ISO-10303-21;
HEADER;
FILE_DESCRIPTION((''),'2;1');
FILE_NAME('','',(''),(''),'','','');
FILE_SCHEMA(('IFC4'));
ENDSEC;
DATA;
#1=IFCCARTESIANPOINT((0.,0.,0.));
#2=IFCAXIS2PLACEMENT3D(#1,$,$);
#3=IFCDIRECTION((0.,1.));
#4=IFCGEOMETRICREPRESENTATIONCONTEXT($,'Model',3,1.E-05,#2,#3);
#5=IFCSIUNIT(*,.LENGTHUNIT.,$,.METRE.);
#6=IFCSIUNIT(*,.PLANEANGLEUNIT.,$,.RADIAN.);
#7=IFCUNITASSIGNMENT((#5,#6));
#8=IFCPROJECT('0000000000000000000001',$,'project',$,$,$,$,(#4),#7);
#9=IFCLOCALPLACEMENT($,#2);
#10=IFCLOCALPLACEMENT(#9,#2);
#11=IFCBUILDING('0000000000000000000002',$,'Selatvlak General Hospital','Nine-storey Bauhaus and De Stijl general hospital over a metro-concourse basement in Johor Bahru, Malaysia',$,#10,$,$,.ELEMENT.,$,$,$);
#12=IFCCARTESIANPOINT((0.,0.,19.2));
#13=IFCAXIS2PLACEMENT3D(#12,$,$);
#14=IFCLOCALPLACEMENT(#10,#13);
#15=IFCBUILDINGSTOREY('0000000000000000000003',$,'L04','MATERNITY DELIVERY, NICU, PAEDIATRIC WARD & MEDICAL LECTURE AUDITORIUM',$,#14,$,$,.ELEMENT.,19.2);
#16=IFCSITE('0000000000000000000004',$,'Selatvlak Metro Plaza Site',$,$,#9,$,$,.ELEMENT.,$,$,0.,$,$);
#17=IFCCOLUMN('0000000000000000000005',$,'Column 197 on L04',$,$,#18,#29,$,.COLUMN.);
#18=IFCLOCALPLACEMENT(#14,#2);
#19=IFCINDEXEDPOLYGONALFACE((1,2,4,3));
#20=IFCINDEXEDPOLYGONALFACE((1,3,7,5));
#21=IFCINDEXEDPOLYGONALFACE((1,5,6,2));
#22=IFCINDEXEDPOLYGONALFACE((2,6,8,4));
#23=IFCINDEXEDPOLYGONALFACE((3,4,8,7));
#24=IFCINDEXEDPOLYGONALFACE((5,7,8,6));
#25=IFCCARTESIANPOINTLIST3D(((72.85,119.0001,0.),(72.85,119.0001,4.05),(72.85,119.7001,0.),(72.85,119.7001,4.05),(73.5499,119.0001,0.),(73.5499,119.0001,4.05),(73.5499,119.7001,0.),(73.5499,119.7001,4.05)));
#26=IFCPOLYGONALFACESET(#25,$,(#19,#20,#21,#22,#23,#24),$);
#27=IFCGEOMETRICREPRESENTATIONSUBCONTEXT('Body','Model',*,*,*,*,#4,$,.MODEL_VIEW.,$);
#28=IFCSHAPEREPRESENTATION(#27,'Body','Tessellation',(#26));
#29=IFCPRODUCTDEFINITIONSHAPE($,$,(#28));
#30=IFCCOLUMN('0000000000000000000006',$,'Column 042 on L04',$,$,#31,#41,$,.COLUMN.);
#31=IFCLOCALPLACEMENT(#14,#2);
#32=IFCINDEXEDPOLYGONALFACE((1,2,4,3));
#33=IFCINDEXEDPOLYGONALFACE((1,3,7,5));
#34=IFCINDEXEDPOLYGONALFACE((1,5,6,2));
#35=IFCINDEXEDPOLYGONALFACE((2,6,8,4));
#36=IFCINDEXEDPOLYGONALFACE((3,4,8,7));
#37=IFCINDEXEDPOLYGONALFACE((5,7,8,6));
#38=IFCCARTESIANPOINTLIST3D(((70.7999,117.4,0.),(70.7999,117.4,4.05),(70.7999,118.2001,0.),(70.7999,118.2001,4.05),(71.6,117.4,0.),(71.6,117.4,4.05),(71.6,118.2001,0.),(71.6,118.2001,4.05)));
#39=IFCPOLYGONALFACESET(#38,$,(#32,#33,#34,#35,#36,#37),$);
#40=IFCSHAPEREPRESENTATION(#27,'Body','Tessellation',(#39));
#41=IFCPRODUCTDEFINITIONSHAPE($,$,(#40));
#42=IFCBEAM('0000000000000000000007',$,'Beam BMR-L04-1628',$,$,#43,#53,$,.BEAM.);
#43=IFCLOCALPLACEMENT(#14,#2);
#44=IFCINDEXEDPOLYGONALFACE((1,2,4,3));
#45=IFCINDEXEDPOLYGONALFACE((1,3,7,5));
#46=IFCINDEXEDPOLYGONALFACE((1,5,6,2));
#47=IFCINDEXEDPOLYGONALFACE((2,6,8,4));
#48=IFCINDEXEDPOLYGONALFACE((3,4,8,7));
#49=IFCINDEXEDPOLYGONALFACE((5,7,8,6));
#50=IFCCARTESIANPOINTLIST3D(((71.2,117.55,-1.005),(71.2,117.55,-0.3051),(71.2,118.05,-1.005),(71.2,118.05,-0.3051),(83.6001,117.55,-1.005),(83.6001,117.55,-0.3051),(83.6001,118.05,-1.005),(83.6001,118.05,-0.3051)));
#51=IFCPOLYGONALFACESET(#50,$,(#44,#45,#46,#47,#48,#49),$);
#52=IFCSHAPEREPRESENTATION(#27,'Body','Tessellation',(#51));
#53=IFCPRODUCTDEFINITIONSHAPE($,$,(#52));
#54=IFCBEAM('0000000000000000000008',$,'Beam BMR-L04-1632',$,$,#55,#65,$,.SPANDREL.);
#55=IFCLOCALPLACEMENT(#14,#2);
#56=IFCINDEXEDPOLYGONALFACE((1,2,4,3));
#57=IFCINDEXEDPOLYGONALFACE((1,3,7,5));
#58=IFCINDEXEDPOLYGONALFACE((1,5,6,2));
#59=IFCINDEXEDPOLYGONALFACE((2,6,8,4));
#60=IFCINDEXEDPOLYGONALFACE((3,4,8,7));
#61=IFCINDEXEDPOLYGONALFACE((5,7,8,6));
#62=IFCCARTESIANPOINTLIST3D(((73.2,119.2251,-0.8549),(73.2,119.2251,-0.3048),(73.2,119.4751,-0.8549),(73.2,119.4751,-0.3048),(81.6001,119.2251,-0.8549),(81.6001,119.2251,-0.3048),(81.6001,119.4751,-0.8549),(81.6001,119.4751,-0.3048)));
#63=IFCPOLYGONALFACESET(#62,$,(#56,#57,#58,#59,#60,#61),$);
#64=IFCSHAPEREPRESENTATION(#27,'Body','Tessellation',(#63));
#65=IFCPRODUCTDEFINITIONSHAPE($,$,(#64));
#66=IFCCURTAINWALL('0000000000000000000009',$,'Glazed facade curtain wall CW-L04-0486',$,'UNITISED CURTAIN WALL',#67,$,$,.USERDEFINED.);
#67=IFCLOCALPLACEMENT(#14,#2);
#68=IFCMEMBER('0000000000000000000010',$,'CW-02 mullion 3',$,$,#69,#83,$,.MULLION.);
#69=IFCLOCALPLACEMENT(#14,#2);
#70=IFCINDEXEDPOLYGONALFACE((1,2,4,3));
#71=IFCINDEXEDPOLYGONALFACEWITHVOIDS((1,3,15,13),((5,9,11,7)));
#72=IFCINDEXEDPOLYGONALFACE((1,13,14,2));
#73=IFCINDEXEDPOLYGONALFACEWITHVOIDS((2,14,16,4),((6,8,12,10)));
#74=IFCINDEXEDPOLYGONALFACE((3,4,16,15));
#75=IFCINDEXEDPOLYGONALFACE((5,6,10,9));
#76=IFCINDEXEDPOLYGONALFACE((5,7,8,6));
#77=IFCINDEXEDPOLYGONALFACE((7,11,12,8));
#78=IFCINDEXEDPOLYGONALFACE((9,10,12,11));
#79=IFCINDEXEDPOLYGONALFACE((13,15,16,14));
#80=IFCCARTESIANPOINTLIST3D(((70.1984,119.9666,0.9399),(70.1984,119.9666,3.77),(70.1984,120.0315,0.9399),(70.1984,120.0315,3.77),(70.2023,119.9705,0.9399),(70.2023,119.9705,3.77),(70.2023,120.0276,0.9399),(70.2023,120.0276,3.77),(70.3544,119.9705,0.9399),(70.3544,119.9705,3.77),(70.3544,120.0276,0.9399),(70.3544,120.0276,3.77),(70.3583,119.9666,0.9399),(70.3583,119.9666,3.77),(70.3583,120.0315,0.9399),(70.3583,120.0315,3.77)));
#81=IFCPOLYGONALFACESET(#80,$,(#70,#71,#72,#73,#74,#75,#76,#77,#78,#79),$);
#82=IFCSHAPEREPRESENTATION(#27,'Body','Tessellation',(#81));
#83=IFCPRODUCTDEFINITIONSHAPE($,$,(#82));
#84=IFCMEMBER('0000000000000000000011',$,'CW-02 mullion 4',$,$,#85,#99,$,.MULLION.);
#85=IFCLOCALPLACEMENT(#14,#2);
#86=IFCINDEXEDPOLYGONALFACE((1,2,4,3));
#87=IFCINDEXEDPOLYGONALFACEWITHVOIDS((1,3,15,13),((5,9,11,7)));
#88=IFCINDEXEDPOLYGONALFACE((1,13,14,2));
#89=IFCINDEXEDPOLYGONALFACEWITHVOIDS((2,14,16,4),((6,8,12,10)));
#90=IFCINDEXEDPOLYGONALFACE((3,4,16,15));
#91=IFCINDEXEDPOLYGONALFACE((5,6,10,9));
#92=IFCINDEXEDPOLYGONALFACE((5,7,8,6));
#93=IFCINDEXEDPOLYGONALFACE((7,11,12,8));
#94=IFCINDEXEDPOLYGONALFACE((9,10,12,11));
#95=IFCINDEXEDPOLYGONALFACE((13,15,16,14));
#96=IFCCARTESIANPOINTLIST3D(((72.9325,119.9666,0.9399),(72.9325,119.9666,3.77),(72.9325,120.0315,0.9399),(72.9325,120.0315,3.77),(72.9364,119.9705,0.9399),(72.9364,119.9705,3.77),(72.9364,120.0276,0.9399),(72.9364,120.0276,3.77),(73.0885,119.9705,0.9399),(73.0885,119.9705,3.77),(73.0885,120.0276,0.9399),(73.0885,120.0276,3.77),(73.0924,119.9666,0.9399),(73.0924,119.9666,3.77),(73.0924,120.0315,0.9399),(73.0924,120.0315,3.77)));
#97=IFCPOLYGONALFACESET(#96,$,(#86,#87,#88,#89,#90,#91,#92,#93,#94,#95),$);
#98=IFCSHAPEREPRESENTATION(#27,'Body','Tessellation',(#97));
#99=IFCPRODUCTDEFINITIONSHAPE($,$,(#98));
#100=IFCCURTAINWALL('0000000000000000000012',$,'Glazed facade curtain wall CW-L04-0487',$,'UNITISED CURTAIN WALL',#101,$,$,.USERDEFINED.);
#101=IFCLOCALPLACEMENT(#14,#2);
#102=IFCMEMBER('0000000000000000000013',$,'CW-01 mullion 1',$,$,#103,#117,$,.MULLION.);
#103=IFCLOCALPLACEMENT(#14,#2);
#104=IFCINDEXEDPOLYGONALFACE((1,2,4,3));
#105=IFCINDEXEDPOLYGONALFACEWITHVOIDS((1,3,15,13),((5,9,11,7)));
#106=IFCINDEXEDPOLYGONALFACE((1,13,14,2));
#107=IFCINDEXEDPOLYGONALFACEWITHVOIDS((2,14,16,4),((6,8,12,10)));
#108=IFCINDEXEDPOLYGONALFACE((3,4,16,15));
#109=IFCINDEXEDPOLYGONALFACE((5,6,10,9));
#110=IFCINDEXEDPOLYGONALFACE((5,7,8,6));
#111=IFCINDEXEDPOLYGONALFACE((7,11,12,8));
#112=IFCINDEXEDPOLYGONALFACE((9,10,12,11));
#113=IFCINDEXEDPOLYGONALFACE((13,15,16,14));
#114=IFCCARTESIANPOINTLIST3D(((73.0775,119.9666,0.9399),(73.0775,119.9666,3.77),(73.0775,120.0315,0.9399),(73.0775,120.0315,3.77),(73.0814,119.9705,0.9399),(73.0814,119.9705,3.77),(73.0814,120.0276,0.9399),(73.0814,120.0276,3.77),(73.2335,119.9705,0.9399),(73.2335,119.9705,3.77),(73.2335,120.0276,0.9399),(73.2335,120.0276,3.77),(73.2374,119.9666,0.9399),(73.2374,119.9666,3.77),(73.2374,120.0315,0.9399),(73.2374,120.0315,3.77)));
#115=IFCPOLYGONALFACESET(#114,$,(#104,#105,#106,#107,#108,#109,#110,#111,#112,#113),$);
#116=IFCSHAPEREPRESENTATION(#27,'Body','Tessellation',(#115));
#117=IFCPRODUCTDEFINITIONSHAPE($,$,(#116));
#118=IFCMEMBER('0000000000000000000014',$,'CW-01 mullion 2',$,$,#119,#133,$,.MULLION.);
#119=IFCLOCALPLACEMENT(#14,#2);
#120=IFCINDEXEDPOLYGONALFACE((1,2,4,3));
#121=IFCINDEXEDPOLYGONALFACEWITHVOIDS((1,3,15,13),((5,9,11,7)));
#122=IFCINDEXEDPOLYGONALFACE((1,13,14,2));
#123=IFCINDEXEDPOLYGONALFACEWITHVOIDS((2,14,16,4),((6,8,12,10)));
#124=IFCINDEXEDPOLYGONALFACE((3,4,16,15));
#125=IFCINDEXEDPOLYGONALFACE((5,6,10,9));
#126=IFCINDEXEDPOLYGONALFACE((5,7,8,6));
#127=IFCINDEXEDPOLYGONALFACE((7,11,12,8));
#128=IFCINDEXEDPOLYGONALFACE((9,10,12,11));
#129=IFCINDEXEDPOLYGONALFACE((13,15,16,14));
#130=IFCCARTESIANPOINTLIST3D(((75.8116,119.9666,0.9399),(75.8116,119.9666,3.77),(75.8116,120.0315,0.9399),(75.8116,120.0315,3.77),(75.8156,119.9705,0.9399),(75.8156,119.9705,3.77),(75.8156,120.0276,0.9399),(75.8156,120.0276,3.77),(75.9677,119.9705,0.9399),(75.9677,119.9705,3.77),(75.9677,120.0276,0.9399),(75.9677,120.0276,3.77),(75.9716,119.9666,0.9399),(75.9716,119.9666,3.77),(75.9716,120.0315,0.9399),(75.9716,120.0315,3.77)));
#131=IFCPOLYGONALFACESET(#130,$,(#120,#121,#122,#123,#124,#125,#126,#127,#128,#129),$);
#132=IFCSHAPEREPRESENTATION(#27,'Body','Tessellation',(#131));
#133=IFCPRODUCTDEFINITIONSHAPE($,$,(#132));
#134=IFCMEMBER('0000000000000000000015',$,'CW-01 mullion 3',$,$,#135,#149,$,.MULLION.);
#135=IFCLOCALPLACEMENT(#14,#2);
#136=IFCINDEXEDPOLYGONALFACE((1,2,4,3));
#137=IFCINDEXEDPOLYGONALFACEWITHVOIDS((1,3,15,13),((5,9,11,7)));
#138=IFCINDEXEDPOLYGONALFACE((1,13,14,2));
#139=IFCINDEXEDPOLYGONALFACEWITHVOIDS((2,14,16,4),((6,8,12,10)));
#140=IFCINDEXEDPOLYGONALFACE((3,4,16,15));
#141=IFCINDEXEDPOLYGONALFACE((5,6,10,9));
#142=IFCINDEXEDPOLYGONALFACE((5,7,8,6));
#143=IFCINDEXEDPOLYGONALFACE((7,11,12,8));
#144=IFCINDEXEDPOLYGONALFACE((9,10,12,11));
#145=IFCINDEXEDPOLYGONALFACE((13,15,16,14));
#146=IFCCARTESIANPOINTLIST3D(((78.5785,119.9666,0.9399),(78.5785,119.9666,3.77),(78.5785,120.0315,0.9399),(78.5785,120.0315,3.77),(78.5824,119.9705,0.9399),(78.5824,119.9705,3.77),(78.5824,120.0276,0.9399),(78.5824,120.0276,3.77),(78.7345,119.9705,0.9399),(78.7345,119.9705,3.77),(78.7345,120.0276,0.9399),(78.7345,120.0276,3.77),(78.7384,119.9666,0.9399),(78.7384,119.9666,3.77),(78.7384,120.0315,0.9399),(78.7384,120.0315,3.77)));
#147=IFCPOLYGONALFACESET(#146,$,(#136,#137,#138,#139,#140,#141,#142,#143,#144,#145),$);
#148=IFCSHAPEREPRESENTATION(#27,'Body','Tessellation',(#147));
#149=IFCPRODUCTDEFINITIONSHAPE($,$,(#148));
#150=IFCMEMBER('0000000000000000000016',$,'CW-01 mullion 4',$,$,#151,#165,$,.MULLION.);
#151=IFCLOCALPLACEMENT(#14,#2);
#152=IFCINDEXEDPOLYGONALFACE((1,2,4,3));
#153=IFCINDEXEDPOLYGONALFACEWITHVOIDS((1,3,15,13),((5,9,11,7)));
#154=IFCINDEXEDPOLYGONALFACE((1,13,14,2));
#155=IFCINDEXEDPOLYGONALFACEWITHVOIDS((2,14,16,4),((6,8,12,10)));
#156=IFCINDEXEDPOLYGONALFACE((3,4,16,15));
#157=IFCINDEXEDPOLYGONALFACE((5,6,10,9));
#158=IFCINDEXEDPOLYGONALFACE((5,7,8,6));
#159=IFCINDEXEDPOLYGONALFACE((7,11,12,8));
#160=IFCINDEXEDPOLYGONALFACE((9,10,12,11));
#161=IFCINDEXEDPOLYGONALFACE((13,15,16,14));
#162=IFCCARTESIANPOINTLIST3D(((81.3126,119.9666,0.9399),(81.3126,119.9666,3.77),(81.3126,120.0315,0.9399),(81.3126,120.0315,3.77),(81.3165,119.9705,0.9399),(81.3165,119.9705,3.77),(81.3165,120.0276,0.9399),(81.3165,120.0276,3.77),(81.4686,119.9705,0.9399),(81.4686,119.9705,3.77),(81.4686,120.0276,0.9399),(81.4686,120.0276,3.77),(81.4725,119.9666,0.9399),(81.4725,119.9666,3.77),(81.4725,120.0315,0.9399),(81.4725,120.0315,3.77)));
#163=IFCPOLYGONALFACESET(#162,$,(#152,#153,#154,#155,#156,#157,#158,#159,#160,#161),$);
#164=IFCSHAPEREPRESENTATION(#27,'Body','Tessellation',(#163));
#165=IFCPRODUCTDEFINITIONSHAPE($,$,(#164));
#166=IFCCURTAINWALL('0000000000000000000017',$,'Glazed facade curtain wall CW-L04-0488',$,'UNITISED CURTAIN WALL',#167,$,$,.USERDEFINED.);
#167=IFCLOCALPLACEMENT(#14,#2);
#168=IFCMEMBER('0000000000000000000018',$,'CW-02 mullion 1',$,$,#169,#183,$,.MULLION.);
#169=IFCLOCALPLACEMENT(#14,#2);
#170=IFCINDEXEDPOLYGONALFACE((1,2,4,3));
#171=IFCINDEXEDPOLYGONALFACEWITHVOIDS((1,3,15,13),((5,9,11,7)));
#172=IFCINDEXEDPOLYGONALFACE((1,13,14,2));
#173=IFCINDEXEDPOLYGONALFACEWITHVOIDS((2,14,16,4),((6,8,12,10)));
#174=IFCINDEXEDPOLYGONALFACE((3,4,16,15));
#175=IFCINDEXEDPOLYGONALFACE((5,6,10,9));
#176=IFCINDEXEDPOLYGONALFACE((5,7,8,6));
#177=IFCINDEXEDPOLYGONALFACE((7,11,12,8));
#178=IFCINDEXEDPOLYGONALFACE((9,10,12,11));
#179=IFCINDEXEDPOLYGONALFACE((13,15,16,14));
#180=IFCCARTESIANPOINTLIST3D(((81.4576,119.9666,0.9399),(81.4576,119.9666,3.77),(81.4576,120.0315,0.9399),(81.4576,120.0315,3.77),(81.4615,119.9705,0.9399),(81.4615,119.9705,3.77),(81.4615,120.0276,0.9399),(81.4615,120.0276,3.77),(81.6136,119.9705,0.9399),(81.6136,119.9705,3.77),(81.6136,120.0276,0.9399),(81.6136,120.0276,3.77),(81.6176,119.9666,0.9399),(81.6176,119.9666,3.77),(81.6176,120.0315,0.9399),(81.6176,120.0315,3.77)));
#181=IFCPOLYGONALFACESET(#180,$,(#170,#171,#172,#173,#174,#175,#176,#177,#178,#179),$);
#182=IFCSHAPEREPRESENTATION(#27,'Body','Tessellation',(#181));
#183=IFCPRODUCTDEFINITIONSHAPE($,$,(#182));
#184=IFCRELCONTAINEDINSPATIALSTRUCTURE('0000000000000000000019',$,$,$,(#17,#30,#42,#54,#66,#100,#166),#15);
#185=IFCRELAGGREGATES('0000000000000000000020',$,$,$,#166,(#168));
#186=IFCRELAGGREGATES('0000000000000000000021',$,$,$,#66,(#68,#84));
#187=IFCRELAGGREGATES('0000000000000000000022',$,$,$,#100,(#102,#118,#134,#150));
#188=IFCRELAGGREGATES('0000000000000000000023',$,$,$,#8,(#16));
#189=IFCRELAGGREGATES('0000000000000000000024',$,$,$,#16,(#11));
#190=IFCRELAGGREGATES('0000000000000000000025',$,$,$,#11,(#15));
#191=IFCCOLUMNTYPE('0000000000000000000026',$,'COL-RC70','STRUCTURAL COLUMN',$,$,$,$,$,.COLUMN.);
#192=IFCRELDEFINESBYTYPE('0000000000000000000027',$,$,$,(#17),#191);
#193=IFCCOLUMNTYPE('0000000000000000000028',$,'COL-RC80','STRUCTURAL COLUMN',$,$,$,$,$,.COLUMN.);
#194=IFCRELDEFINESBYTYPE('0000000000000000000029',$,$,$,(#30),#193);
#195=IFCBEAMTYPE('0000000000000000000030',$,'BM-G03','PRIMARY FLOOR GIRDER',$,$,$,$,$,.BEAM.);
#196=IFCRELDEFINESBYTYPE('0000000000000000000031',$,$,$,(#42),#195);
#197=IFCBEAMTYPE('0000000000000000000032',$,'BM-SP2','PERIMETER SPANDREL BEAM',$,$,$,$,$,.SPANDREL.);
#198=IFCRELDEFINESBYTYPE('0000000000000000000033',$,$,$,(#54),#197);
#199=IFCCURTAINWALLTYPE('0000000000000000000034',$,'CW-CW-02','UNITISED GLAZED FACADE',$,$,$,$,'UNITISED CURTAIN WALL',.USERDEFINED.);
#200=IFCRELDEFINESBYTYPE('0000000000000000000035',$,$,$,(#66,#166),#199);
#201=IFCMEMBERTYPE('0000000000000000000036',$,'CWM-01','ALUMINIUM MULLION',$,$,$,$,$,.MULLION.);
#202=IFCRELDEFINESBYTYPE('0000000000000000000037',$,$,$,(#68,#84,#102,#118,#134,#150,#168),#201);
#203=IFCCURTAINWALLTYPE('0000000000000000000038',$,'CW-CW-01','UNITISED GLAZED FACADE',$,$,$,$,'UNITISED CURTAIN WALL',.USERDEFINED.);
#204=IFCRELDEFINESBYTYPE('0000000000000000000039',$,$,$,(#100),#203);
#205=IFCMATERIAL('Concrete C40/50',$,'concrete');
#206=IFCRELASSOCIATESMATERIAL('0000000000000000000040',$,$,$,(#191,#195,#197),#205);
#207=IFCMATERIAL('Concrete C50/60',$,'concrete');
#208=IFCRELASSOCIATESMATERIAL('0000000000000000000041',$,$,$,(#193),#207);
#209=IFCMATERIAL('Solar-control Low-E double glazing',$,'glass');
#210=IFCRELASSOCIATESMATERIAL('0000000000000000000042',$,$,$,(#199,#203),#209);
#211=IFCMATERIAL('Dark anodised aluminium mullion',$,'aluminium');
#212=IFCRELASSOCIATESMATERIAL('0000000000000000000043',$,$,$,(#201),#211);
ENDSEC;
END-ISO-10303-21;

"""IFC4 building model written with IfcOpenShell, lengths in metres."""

from ifc_helpers import new_model, si_unit, direction, frame, origin, origin_2d, place, context, subcontext, project, spatial, rectangle, hollow_rectangle, extrude, material, material_profile, profile_set, type_object, element, aggregate, save


model = new_model("IFC4")

# Units and contexts
model_context = context("Model", 3, precision=1e-05, world=origin(), true_north=direction((0.0, 1.0)))
body_context = subcontext(model_context, "Body", "Model", "MODEL_VIEW")
ifc_project = project(units=[si_unit("LENGTHUNIT", "METRE"), si_unit("PLANEANGLEUNIT", "RADIAN")], contexts=[model_context])

# Site, building, storey
site_placement = place(None, origin())
site = spatial("IfcSite", under=ifc_project, at=site_placement, Name="Selatvlak Metro Plaza Site", CompositionType="ELEMENT", RefElevation=0.0)
building_placement = place(site_placement, origin())
building = spatial("IfcBuilding", under=site, at=building_placement, Name="Selatvlak General Hospital", Description="Nine-storey Bauhaus and De Stijl general hospital over a metro-concourse basement in Johor Bahru, Malaysia", CompositionType="ELEMENT")
storey_placement = place(building_placement, frame((0.0, 0.0, 19.2)))
storey = spatial("IfcBuildingStorey", under=building, at=storey_placement, Name="L04", Description="MATERNITY DELIVERY, NICU, PAEDIATRIC WARD & MEDICAL LECTURE AUDITORIUM", CompositionType="ELEMENT", Elevation=19.2)

# Columns
ifc_material_1 = material(Name="Concrete C40/50", Category="concrete")
ifc_material_profile_1 = material_profile(ifc_material_1, rectangle(XDim=0.7, YDim=0.7, at=origin_2d()), Name="RC-COL 700x700")
ifc_profile_set_1 = profile_set([ifc_material_profile_1], Name="Concrete C40/50")
column_type_1 = type_object("IfcColumnType", Name="COL-RC70", Description="STRUCTURAL COLUMN", PredefinedType="COLUMN", material=ifc_profile_set_1)
column_1_placement = place(storey_placement, frame((73.2, 119.3501, 0.0), z_axis=(0.0, 0.0, 1.0), x_axis=(1.0, 0.0, 0.0)))
element("IfcColumn", 1, at=column_1_placement, inside=storey, type_object=column_type_1, Name="Column 197 on L04", PredefinedType="COLUMN", context=body_context, shape_type="SweptSolid", body=[
    extrude(rectangle(XDim=0.7, YDim=0.7, at=origin_2d()), origin(), (0.0, 0.0, 1.0), 4.05),
])
ifc_material_2 = material(Name="Concrete C50/60", Category="concrete")
ifc_material_profile_2 = material_profile(ifc_material_2, rectangle(XDim=0.8, YDim=0.8, at=origin_2d()), Name="RC-COL 800x800")
ifc_profile_set_2 = profile_set([ifc_material_profile_2], Name="Concrete C50/60")
column_type_2 = type_object("IfcColumnType", Name="COL-RC80", Description="STRUCTURAL COLUMN", PredefinedType="COLUMN", material=ifc_profile_set_2)
column_2_placement = place(storey_placement, frame((71.2, 117.8, 0.0), z_axis=(0.0, 0.0, 1.0), x_axis=(1.0, 0.0, 0.0)))
element("IfcColumn", 2, at=column_2_placement, inside=storey, type_object=column_type_2, Name="Column 042 on L04", PredefinedType="COLUMN", context=body_context, shape_type="SweptSolid", body=[
    extrude(rectangle(XDim=0.8, YDim=0.8, at=origin_2d()), origin(), (0.0, 0.0, 1.0), 4.05),
])

# Beams
ifc_material_profile_3 = material_profile(ifc_material_1, rectangle(XDim=0.5, YDim=0.7, at=origin_2d()), Name="RC-BM 500x700")
ifc_profile_set_3 = profile_set([ifc_material_profile_3], Name="Concrete C40/50")
beam_type_1 = type_object("IfcBeamType", Name="BM-G03", Description="PRIMARY FLOOR GIRDER", PredefinedType="BEAM", material=ifc_profile_set_3)
beam_1_placement = place(storey_placement, frame((71.2, 117.8, -0.655), z_axis=(1.0, 0.0, 0.0), x_axis=(0.0, 1.0, 0.0)))
element("IfcBeam", 3, at=beam_1_placement, inside=storey, type_object=beam_type_1, Name="Beam BMR-L04-1628", PredefinedType="BEAM", context=body_context, shape_type="SweptSolid", body=[
    extrude(rectangle(XDim=0.5, YDim=0.7, at=origin_2d()), origin(), (0.0, 0.0, 1.0), 12.4001),
])
ifc_material_profile_4 = material_profile(ifc_material_1, rectangle(XDim=0.25, YDim=0.55, at=origin_2d()), Name="RC-SP 250x550")
ifc_profile_set_4 = profile_set([ifc_material_profile_4], Name="Concrete C40/50")
beam_type_2 = type_object("IfcBeamType", Name="BM-SP2", Description="PERIMETER SPANDREL BEAM", PredefinedType="SPANDREL", material=ifc_profile_set_4)
beam_2_placement = place(storey_placement, frame((73.2, 119.3501, -0.5798), z_axis=(1.0, 0.0, 0.0), x_axis=(0.0, 1.0, 0.0)))
element("IfcBeam", 4, at=beam_2_placement, inside=storey, type_object=beam_type_2, Name="Beam BMR-L04-1632", PredefinedType="SPANDREL", context=body_context, shape_type="SweptSolid", body=[
    extrude(rectangle(XDim=0.25, YDim=0.55, at=origin_2d()), origin(), (0.0, 0.0, 1.0), 8.4001),
])

# Curtain walls, members
ifc_material_3 = material(Name="Solar-control Low-E double glazing", Category="glass")
curtain_wall_type_1 = type_object("IfcCurtainWallType", Name="CW-CW-02", Description="UNITISED GLAZED FACADE", ElementType="UNITISED CURTAIN WALL", PredefinedType="USERDEFINED", material=ifc_material_3)
curtain_wall_1_placement = place(storey_placement, origin())
curtain_wall_1 = element("IfcCurtainWall", 5, at=curtain_wall_1_placement, inside=storey, type_object=curtain_wall_type_1, Name="Glazed facade curtain wall CW-L04-0486", ObjectType="UNITISED CURTAIN WALL", PredefinedType="USERDEFINED")
ifc_material_4 = material(Name="Dark anodised aluminium mullion", Category="aluminium")
ifc_material_profile_5 = material_profile(ifc_material_4, hollow_rectangle(XDim=0.0649, YDim=0.1599, WallThickness=0.0039, at=origin_2d()), Name="AL-MUL 65x160x4")
ifc_profile_set_5 = profile_set([ifc_material_profile_5], Name="Dark anodised aluminium mullion")
member_type_1 = type_object("IfcMemberType", Name="CWM-01", Description="ALUMINIUM MULLION", PredefinedType="MULLION", material=ifc_profile_set_5)
member_1_placement = place(storey_placement, frame((70.2783, 119.999, 0.9399), z_axis=(0.0, 0.0, 1.0), x_axis=(0.0, 1.0, 0.0)))
member_1 = element("IfcMember", 6, at=member_1_placement, type_object=member_type_1, Name="CW-02 mullion 3", PredefinedType="MULLION", context=body_context, shape_type="SweptSolid", body=[
    extrude(hollow_rectangle(XDim=0.0649, YDim=0.1599, WallThickness=0.0039, at=origin_2d()), origin(), (0.0, 0.0, 1.0), 2.8301),
])
member_2_placement = place(storey_placement, frame((73.0125, 119.999, 0.9399), z_axis=(0.0, 0.0, 1.0), x_axis=(0.0, 1.0, 0.0)))
member_2 = element("IfcMember", 7, at=member_2_placement, type_object=member_type_1, Name="CW-02 mullion 4", PredefinedType="MULLION", context=body_context, shape_type="SweptSolid", body=[
    extrude(hollow_rectangle(XDim=0.0649, YDim=0.1599, WallThickness=0.0039, at=origin_2d()), origin(), (0.0, 0.0, 1.0), 2.8301),
])
curtain_wall_type_2 = type_object("IfcCurtainWallType", Name="CW-CW-01", Description="UNITISED GLAZED FACADE", ElementType="UNITISED CURTAIN WALL", PredefinedType="USERDEFINED", material=ifc_material_3)
curtain_wall_2_placement = place(storey_placement, origin())
curtain_wall_2 = element("IfcCurtainWall", 8, at=curtain_wall_2_placement, inside=storey, type_object=curtain_wall_type_2, Name="Glazed facade curtain wall CW-L04-0487", ObjectType="UNITISED CURTAIN WALL", PredefinedType="USERDEFINED")
member_3_placement = place(storey_placement, frame((73.1575, 119.999, 0.9399), z_axis=(0.0, 0.0, 1.0), x_axis=(0.0, 1.0, 0.0)))
member_3 = element("IfcMember", 9, at=member_3_placement, type_object=member_type_1, Name="CW-01 mullion 1", PredefinedType="MULLION", context=body_context, shape_type="SweptSolid", body=[
    extrude(hollow_rectangle(XDim=0.0649, YDim=0.1599, WallThickness=0.0039, at=origin_2d()), origin(), (0.0, 0.0, 1.0), 2.8301),
])
member_4_placement = place(storey_placement, frame((75.8916, 119.999, 0.9399), z_axis=(0.0, 0.0, 1.0), x_axis=(0.0, 1.0, 0.0)))
member_4 = element("IfcMember", 10, at=member_4_placement, type_object=member_type_1, Name="CW-01 mullion 2", PredefinedType="MULLION", context=body_context, shape_type="SweptSolid", body=[
    extrude(hollow_rectangle(XDim=0.0649, YDim=0.1599, WallThickness=0.0039, at=origin_2d()), origin(), (0.0, 0.0, 1.0), 2.8301),
])
member_5_placement = place(storey_placement, frame((78.6584, 119.999, 0.9399), z_axis=(0.0, 0.0, 1.0), x_axis=(0.0, 1.0, 0.0)))
member_5 = element("IfcMember", 11, at=member_5_placement, type_object=member_type_1, Name="CW-01 mullion 3", PredefinedType="MULLION", context=body_context, shape_type="SweptSolid", body=[
    extrude(hollow_rectangle(XDim=0.0649, YDim=0.1599, WallThickness=0.0039, at=origin_2d()), origin(), (0.0, 0.0, 1.0), 2.8301),
])
member_6_placement = place(storey_placement, frame((81.3926, 119.999, 0.9399), z_axis=(0.0, 0.0, 1.0), x_axis=(0.0, 1.0, 0.0)))
member_6 = element("IfcMember", 12, at=member_6_placement, type_object=member_type_1, Name="CW-01 mullion 4", PredefinedType="MULLION", context=body_context, shape_type="SweptSolid", body=[
    extrude(hollow_rectangle(XDim=0.0649, YDim=0.1599, WallThickness=0.0039, at=origin_2d()), origin(), (0.0, 0.0, 1.0), 2.8301),
])

# Curtain wall, member
curtain_wall_3_placement = place(storey_placement, origin())
curtain_wall_3 = element("IfcCurtainWall", 13, at=curtain_wall_3_placement, inside=storey, type_object=curtain_wall_type_1, Name="Glazed facade curtain wall CW-L04-0488", ObjectType="UNITISED CURTAIN WALL", PredefinedType="USERDEFINED")
member_7_placement = place(storey_placement, frame((81.5376, 119.999, 0.9399), z_axis=(0.0, 0.0, 1.0), x_axis=(0.0, 1.0, 0.0)))
member_7 = element("IfcMember", 14, at=member_7_placement, type_object=member_type_1, Name="CW-02 mullion 1", PredefinedType="MULLION", context=body_context, shape_type="SweptSolid", body=[
    extrude(hollow_rectangle(XDim=0.0649, YDim=0.1599, WallThickness=0.0039, at=origin_2d()), origin(), (0.0, 0.0, 1.0), 2.8301),
])

aggregate(curtain_wall_3, [member_7])

aggregate(curtain_wall_1, [member_1, member_2])
aggregate(curtain_wall_2, [member_3, member_4, member_5, member_6])

save(model, "model.ifc")
